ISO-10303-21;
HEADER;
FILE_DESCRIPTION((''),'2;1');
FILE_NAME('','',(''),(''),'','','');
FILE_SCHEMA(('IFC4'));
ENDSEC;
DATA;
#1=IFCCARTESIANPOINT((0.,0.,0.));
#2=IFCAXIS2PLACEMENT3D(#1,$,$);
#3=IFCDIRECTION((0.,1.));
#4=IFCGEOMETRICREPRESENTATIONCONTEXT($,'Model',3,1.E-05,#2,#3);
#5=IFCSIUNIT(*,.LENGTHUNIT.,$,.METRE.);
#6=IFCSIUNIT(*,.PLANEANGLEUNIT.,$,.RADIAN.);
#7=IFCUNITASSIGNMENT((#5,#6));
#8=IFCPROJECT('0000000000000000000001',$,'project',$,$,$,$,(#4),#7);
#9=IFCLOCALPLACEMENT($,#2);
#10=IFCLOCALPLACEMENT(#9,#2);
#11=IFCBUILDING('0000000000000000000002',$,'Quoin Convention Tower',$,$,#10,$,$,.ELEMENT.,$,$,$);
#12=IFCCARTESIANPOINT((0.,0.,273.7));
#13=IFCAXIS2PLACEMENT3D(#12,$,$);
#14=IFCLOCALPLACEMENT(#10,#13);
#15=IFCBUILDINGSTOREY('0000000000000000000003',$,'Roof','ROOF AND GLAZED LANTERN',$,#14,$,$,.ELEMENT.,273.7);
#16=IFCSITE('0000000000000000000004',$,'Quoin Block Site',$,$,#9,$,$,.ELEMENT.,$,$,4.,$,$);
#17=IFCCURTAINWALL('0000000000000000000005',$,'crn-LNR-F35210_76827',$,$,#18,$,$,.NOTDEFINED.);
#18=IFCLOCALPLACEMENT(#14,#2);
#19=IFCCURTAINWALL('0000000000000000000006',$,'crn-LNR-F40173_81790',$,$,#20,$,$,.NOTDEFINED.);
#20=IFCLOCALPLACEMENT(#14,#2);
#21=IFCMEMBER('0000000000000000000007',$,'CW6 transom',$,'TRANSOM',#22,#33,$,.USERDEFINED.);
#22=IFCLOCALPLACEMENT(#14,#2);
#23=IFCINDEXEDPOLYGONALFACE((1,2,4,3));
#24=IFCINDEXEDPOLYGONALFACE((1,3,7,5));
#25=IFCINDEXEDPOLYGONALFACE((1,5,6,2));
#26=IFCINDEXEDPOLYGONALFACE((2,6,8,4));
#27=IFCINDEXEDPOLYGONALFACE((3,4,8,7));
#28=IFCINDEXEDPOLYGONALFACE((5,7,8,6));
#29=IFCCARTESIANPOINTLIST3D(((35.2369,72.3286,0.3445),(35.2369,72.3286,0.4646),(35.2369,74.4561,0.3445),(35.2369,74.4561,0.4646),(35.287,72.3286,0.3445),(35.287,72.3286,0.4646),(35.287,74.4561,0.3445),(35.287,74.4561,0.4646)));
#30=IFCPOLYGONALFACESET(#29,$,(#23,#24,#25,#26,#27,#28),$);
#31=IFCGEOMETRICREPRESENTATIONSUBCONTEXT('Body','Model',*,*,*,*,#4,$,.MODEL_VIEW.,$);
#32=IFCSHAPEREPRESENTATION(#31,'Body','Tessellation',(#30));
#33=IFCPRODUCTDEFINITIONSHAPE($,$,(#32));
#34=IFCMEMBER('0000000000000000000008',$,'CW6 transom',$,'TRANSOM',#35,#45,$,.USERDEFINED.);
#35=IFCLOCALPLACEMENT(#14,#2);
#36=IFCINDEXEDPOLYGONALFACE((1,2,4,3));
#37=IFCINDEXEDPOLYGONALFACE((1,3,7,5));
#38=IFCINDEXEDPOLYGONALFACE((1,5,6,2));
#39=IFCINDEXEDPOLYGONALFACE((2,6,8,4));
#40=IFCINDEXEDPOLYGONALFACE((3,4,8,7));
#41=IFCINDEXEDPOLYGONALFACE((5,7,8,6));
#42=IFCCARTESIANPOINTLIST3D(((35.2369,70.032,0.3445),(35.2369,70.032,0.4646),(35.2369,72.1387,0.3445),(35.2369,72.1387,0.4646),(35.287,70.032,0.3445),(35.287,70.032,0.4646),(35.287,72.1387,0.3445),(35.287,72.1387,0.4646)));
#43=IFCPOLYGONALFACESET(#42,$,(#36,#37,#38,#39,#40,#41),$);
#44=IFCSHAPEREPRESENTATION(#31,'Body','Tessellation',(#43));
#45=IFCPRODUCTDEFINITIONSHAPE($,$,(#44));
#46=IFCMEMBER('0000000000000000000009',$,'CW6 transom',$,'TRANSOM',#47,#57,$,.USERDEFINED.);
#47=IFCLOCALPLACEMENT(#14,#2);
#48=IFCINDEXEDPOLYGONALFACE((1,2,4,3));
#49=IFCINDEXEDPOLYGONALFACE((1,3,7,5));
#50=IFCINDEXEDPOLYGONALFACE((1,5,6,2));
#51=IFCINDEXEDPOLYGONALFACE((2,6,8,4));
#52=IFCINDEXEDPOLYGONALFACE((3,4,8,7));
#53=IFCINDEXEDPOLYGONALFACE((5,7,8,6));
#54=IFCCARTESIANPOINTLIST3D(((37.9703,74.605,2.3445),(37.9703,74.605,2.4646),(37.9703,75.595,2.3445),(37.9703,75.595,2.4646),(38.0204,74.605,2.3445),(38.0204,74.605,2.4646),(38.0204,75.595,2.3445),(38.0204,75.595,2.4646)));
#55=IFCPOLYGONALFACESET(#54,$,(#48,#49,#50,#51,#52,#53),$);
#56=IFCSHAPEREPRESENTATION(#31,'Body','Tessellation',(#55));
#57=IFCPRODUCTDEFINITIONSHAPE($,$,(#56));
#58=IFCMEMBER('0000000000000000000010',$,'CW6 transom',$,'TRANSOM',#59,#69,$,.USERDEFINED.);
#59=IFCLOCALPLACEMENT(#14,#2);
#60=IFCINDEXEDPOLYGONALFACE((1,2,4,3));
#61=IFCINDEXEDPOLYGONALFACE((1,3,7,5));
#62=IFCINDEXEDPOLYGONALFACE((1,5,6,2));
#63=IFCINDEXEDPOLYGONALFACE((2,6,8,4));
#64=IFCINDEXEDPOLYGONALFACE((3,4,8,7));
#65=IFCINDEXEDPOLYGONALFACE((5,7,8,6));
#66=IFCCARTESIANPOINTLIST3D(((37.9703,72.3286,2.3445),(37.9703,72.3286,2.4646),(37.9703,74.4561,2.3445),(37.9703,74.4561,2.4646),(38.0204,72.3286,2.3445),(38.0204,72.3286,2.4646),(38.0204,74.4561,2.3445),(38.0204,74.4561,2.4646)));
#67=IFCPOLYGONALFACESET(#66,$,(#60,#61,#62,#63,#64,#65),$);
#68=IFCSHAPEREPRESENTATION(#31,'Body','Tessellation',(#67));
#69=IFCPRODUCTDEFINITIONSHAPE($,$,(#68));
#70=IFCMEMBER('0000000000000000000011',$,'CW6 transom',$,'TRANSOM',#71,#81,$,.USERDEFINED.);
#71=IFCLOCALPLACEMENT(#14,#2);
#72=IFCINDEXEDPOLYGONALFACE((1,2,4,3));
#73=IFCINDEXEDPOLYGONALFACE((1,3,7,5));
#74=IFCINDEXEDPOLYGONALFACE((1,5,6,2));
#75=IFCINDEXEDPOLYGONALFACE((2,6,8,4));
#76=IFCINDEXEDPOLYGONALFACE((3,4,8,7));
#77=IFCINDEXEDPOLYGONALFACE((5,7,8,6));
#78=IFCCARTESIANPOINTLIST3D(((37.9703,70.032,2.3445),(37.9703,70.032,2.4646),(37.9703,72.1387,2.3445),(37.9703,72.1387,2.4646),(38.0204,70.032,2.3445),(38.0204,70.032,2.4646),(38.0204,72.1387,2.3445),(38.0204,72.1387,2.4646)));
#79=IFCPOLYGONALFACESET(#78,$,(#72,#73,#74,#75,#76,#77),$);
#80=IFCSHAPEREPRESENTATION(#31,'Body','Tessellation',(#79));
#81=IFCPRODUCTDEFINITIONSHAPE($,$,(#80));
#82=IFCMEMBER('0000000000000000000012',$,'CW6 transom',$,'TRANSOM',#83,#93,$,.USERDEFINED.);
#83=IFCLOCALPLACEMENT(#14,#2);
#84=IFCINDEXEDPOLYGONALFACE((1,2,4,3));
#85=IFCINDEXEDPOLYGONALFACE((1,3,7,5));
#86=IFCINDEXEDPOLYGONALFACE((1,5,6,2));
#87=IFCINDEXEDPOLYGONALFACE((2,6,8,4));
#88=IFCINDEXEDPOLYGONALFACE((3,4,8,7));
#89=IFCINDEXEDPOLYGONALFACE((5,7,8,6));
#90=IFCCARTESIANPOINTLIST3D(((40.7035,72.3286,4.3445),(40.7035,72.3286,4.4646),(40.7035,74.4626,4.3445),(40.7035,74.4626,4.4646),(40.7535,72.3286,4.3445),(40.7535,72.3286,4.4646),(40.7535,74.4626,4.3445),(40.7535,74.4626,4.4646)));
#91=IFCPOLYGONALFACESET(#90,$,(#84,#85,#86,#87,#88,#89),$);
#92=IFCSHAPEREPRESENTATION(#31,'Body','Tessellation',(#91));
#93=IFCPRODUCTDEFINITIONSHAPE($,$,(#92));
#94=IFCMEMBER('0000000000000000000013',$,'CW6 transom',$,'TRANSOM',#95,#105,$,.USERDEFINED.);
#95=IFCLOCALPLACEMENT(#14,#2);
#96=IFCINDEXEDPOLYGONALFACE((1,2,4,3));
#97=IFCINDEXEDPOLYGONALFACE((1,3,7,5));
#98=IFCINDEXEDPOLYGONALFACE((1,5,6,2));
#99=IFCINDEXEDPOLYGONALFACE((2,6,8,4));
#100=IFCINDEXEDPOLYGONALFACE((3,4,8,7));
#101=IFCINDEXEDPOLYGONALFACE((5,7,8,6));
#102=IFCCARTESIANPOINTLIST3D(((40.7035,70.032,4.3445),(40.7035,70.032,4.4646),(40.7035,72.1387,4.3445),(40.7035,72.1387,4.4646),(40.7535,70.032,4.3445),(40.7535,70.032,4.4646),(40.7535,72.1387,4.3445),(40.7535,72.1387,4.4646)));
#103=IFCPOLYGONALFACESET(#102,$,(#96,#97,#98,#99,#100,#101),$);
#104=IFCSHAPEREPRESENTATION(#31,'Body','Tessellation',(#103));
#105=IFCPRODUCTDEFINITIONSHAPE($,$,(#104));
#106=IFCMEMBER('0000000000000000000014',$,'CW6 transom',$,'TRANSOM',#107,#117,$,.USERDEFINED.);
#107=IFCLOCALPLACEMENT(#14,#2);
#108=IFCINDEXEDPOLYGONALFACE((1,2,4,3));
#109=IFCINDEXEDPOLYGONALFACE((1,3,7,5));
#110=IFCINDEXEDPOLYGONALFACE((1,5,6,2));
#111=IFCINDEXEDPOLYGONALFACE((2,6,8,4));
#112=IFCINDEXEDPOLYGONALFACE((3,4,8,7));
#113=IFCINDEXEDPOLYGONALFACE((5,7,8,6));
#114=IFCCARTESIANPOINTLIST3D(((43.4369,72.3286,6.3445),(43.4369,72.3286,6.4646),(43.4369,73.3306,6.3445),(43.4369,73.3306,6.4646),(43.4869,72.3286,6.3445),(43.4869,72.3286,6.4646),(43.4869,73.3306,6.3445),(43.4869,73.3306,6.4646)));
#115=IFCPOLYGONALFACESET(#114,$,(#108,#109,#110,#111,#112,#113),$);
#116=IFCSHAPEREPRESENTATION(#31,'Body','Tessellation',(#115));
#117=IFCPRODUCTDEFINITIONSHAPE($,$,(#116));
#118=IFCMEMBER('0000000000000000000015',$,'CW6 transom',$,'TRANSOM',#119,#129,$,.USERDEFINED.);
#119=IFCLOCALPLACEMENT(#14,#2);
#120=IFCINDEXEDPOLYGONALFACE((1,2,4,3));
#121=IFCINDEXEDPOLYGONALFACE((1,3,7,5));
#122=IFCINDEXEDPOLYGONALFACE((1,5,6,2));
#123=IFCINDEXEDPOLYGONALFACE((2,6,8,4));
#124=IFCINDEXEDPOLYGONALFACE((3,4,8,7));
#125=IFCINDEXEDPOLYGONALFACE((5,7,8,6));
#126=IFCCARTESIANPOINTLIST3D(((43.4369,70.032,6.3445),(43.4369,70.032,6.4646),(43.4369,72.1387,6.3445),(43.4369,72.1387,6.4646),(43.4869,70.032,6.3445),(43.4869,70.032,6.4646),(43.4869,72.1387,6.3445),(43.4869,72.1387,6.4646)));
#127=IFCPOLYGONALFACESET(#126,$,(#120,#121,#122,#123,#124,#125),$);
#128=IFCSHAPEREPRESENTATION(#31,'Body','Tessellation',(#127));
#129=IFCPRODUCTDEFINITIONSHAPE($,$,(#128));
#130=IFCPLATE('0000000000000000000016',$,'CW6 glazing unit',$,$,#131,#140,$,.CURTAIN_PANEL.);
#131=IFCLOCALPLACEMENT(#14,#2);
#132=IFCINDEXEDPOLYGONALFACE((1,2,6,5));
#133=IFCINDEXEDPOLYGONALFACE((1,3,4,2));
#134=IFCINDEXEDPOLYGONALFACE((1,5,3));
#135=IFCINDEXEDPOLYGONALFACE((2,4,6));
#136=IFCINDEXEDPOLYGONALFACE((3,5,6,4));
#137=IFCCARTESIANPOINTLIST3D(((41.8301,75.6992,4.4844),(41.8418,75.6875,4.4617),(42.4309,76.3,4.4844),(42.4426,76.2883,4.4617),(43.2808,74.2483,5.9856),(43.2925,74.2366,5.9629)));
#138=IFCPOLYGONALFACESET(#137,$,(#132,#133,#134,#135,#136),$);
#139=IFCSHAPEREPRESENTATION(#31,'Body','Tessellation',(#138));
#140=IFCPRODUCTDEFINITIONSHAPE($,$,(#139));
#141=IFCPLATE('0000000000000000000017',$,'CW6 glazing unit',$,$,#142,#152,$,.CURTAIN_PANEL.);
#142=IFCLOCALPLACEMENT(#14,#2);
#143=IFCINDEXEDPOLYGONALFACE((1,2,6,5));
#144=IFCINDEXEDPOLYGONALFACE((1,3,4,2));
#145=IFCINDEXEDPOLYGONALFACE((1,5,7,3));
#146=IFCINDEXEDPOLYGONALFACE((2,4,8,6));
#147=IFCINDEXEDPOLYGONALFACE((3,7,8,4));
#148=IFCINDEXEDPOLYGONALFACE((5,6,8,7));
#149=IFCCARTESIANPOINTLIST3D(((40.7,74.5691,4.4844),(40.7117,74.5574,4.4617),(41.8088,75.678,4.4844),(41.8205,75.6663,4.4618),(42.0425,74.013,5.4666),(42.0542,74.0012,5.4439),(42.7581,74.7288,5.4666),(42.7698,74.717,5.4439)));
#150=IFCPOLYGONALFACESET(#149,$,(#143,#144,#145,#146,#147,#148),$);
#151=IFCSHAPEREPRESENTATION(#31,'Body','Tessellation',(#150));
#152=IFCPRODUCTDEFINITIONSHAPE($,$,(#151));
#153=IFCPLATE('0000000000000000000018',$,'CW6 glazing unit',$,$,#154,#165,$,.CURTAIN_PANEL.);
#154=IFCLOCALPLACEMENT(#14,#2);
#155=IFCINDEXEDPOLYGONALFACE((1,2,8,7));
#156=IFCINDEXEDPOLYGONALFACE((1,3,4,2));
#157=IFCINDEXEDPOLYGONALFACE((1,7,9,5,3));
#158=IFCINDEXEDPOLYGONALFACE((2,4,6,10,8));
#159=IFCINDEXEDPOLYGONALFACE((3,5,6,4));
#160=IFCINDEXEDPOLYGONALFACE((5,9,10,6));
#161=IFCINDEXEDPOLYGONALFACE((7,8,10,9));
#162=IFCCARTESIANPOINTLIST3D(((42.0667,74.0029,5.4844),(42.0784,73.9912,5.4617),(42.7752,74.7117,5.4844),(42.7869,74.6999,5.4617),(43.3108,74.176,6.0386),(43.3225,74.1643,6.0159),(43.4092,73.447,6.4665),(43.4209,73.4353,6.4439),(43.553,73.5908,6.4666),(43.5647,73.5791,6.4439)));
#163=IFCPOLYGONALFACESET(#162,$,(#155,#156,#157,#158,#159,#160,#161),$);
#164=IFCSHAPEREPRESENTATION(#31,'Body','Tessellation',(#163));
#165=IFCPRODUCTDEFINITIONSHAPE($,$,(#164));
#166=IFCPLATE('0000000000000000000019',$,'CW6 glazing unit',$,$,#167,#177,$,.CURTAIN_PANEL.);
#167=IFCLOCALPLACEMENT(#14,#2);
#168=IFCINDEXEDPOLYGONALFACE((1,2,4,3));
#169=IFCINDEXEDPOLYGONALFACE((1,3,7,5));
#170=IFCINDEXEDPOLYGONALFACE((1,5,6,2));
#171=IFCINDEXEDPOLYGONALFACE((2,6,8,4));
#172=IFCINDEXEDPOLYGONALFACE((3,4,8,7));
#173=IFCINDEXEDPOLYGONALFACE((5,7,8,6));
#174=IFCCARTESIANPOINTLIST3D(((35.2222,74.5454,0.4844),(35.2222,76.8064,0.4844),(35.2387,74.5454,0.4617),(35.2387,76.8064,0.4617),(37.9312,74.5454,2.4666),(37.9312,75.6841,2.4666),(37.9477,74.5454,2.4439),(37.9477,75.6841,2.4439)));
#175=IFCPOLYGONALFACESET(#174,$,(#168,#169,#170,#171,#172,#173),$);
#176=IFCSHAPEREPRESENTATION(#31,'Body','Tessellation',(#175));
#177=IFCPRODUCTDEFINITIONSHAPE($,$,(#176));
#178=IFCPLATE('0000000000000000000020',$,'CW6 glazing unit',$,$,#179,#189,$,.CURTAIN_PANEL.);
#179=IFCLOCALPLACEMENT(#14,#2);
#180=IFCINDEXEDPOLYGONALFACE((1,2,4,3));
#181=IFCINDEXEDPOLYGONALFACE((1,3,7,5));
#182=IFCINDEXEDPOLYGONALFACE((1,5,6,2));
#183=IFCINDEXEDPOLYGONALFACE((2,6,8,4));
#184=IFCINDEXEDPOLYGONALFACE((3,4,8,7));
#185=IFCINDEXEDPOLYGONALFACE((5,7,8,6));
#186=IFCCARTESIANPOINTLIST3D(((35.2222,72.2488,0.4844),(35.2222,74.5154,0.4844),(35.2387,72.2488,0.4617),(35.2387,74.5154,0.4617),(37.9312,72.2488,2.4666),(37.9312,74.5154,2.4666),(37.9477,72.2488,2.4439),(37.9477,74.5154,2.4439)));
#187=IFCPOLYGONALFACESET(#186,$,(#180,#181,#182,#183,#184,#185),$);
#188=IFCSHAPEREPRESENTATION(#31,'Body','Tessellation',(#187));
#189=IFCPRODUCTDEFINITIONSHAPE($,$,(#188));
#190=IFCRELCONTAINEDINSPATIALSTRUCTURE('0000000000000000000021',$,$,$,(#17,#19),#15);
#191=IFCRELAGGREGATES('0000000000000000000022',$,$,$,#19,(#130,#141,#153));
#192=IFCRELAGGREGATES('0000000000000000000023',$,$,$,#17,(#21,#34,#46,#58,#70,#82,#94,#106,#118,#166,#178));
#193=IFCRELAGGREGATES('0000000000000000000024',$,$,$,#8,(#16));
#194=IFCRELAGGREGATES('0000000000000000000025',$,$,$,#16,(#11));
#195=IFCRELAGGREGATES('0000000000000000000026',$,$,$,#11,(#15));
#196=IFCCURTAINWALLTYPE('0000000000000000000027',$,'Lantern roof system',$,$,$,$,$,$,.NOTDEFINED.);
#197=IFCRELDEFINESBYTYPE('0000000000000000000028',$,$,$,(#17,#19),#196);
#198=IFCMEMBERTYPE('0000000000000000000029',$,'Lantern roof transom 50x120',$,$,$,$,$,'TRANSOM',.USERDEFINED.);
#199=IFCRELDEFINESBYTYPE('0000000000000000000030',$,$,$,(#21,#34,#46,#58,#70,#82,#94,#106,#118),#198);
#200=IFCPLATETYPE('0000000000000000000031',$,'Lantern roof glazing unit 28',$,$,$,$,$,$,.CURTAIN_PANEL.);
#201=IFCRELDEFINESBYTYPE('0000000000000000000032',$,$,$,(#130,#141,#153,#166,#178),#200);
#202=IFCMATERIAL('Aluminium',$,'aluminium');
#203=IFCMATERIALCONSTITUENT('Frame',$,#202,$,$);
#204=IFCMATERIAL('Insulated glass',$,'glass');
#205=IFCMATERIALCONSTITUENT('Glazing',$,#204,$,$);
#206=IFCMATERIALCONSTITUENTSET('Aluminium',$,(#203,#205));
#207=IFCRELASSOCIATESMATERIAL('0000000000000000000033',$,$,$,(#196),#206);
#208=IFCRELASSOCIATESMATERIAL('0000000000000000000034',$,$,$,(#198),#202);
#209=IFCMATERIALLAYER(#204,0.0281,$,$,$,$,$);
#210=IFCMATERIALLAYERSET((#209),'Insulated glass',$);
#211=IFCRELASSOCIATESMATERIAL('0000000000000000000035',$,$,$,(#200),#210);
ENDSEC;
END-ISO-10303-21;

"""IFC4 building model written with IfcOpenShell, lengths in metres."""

from ifc_helpers import new_model, si_unit, direction, frame, origin, origin_2d, place, context, subcontext, project, spatial, polyline, rectangle, outline, extrude, material, layer, layer_set, constituent, constituent_set, material_profile, profile_set, type_object, element, aggregate, save


model = new_model("IFC4")

# Units and contexts
model_context = context("Model", 3, precision=1e-05, world=origin(), true_north=direction((0.0, 1.0)))
body_context = subcontext(model_context, "Body", "Model", "MODEL_VIEW")
ifc_project = project(units=[si_unit("LENGTHUNIT", "METRE"), si_unit("PLANEANGLEUNIT", "RADIAN")], contexts=[model_context])

# Site, building, storey
site_placement = place(None, origin())
site = spatial("IfcSite", under=ifc_project, at=site_placement, Name="Quoin Block Site", CompositionType="ELEMENT", RefElevation=4.0)
building_placement = place(site_placement, origin())
building = spatial("IfcBuilding", under=site, at=building_placement, Name="Quoin Convention Tower", CompositionType="ELEMENT")
storey_placement = place(building_placement, frame((0.0, 0.0, 273.7)))
storey = spatial("IfcBuildingStorey", under=building, at=storey_placement, Name="Roof", Description="ROOF AND GLAZED LANTERN", CompositionType="ELEMENT", Elevation=273.7)

# Curtain wall
ifc_material_1 = material(Name="Aluminium", Category="aluminium")
ifc_constituent_1 = constituent(ifc_material_1, Name="Frame")
ifc_material_2 = material(Name="Insulated glass", Category="glass")
ifc_constituent_2 = constituent(ifc_material_2, Name="Glazing")
ifc_constituent_set = constituent_set(constituents=[ifc_constituent_1, ifc_constituent_2], Name="Aluminium")
curtain_wall_type = type_object("IfcCurtainWallType", Name="Lantern roof system", PredefinedType="NOTDEFINED", material=ifc_constituent_set)
curtain_wall_1_placement = place(storey_placement, origin())
curtain_wall_1 = element("IfcCurtainWall", 1, at=curtain_wall_1_placement, inside=storey, type_object=curtain_wall_type, Name="crn-LNR-F35210_76827", PredefinedType="NOTDEFINED")

# Shared definitions
ifc_material_profile_1 = material_profile(ifc_material_1, rectangle(XDim=0.1201, YDim=0.05, at=origin_2d()), Name="Lantern roof transom 50x120")
ifc_profile_set_1 = profile_set([ifc_material_profile_1], Name="Aluminium")
member_type_1 = type_object("IfcMemberType", Name="Lantern roof transom 50x120", ElementType="TRANSOM", PredefinedType="USERDEFINED", material=ifc_profile_set_1)

# Curtain wall
curtain_wall_2_placement = place(storey_placement, origin())
curtain_wall_2 = element("IfcCurtainWall", 2, at=curtain_wall_2_placement, inside=storey, type_object=curtain_wall_type, Name="crn-LNR-F40173_81790", PredefinedType="NOTDEFINED")

# Members
member_1_placement = place(storey_placement, frame((35.262, 74.4561, 0.4045), z_axis=(0.0, -1.0, 0.0), x_axis=(0.0, 0.0, 1.0)))
member_1 = element("IfcMember", 3, at=member_1_placement, type_object=member_type_1, Name="CW6 transom", ObjectType="TRANSOM", PredefinedType="USERDEFINED", context=body_context, shape_type="SweptSolid", body=[
    extrude(rectangle(XDim=0.1201, YDim=0.05, at=origin_2d()), origin(), (0.0, 0.0, 1.0), 2.1274),
])
member_2_placement = place(storey_placement, frame((35.262, 72.1387, 0.4045), z_axis=(0.0, -1.0, 0.0), x_axis=(0.0, 0.0, 1.0)))
member_2 = element("IfcMember", 4, at=member_2_placement, type_object=member_type_1, Name="CW6 transom", ObjectType="TRANSOM", PredefinedType="USERDEFINED", context=body_context, shape_type="SweptSolid", body=[
    extrude(rectangle(XDim=0.1201, YDim=0.05, at=origin_2d()), origin(), (0.0, 0.0, 1.0), 2.1067),
])
member_3_placement = place(storey_placement, frame((37.9954, 75.595, 2.4045), z_axis=(0.0, -1.0, 0.0), x_axis=(0.0, 0.0, 1.0)))
member_3 = element("IfcMember", 5, at=member_3_placement, type_object=member_type_1, Name="CW6 transom", ObjectType="TRANSOM", PredefinedType="USERDEFINED", context=body_context, shape_type="SweptSolid", body=[
    extrude(rectangle(XDim=0.1201, YDim=0.05, at=origin_2d()), origin(), (0.0, 0.0, 1.0), 0.99),
])
member_4_placement = place(storey_placement, frame((37.9954, 74.4561, 2.4045), z_axis=(0.0, -1.0, 0.0), x_axis=(0.0, 0.0, 1.0)))
member_4 = element("IfcMember", 6, at=member_4_placement, type_object=member_type_1, Name="CW6 transom", ObjectType="TRANSOM", PredefinedType="USERDEFINED", context=body_context, shape_type="SweptSolid", body=[
    extrude(rectangle(XDim=0.1201, YDim=0.05, at=origin_2d()), origin(), (0.0, 0.0, 1.0), 2.1274),
])
member_5_placement = place(storey_placement, frame((37.9954, 72.1387, 2.4045), z_axis=(0.0, -1.0, 0.0), x_axis=(0.0, 0.0, 1.0)))
member_5 = element("IfcMember", 7, at=member_5_placement, type_object=member_type_1, Name="CW6 transom", ObjectType="TRANSOM", PredefinedType="USERDEFINED", context=body_context, shape_type="SweptSolid", body=[
    extrude(rectangle(XDim=0.1201, YDim=0.05, at=origin_2d()), origin(), (0.0, 0.0, 1.0), 2.1067),
])
member_6_placement = place(storey_placement, frame((40.7285, 74.4626, 4.4045), z_axis=(0.0, -1.0, 0.0), x_axis=(0.0, 0.0, 1.0)))
member_6 = element("IfcMember", 8, at=member_6_placement, type_object=member_type_1, Name="CW6 transom", ObjectType="TRANSOM", PredefinedType="USERDEFINED", context=body_context, shape_type="SweptSolid", body=[
    extrude(rectangle(XDim=0.1201, YDim=0.05, at=origin_2d()), origin(), (0.0, 0.0, 1.0), 2.134),
])
member_7_placement = place(storey_placement, frame((40.7285, 72.1387, 4.4045), z_axis=(0.0, -1.0, 0.0), x_axis=(0.0, 0.0, 1.0)))
member_7 = element("IfcMember", 9, at=member_7_placement, type_object=member_type_1, Name="CW6 transom", ObjectType="TRANSOM", PredefinedType="USERDEFINED", context=body_context, shape_type="SweptSolid", body=[
    extrude(rectangle(XDim=0.1201, YDim=0.05, at=origin_2d()), origin(), (0.0, 0.0, 1.0), 2.1067),
])
member_8_placement = place(storey_placement, frame((43.4619, 73.3306, 6.4045), z_axis=(0.0, -1.0, 0.0), x_axis=(0.0, 0.0, 1.0)))
member_8 = element("IfcMember", 10, at=member_8_placement, type_object=member_type_1, Name="CW6 transom", ObjectType="TRANSOM", PredefinedType="USERDEFINED", context=body_context, shape_type="SweptSolid", body=[
    extrude(rectangle(XDim=0.1201, YDim=0.05, at=origin_2d()), origin(), (0.0, 0.0, 1.0), 1.002),
])
member_9_placement = place(storey_placement, frame((43.4619, 72.1387, 6.4045), z_axis=(0.0, -1.0, 0.0), x_axis=(0.0, 0.0, 1.0)))
member_9 = element("IfcMember", 11, at=member_9_placement, type_object=member_type_1, Name="CW6 transom", ObjectType="TRANSOM", PredefinedType="USERDEFINED", context=body_context, shape_type="SweptSolid", body=[
    extrude(rectangle(XDim=0.1201, YDim=0.05, at=origin_2d()), origin(), (0.0, 0.0, 1.0), 2.1067),
])

# Plates
ifc_layer = layer(ifc_material_2, 0.0281)
ifc_layer_set = layer_set([ifc_layer], Name="Insulated glass")
plate_type = type_object("IfcPlateType", Name="Lantern roof glazing unit 28", PredefinedType="CURTAIN_PANEL", material=ifc_layer_set)
plate_1_placement = place(storey_placement, frame((41.8301, 75.6992, 4.4844), z_axis=(-0.417543, 0.417543, 0.807041), x_axis=(0.707107, 0.707107, 0.0)))
plate_1 = element("IfcPlate", 12, at=plate_1_placement, type_object=plate_type, Name="CW6 glazing unit", PredefinedType="CURTAIN_PANEL", context=body_context, shape_type="SweptSolid", body=[
    extrude(outline(polyline([(0.0, 0.0), (0.8497, 0.0), (-0.0002, -2.5423), (0.0, 0.0)])), origin(), (0.0, 0.0, -1.0), 0.0281),
])
plate_2_placement = place(storey_placement, frame((40.7, 74.5691, 4.4844), z_axis=(-0.417542, 0.417487, 0.807071), x_axis=(0.70709, 0.707123, 0.000032)))
plate_2 = element("IfcPlate", 13, at=plate_2_placement, type_object=plate_type, Name="CW6 glazing unit", PredefinedType="CURTAIN_PANEL", context=body_context, shape_type="SweptSolid", body=[
    extrude(outline(polyline([(0.0, 0.0), (1.5682, 0.0), (1.5682, -1.6633), (0.5561, -1.6635), (0.0, 0.0)])), origin(), (0.0, 0.0, -1.0), 0.0281),
])
plate_3_placement = place(storey_placement, frame((42.0667, 74.0029, 5.4844), z_axis=(-0.417579, 0.417448, 0.807072), x_axis=(0.706989, 0.707225, -0.000008)))
plate_3 = element("IfcPlate", 14, at=plate_3_placement, type_object=plate_type, Name="CW6 glazing unit", PredefinedType="CURTAIN_PANEL", context=body_context, shape_type="SweptSolid", body=[
    extrude(outline(polyline([(0.0, 0.0), (1.0021, 0.0), (1.002, -0.9386), (0.7594, -1.6634), (0.556, -1.6634), (0.0, 0.0)])), origin(), (0.0, 0.0, -1.0), 0.0281),
])
aggregate(curtain_wall_2, [plate_1, plate_2, plate_3])
plate_4_placement = place(storey_placement, frame((37.9312, 74.5454, 2.4666), z_axis=(-0.590509, 0.0, 0.807031), x_axis=(-0.807031, 0.0, -0.590509)))
plate_4 = element("IfcPlate", 15, at=plate_4_placement, type_object=plate_type, Name="CW6 glazing unit", PredefinedType="CURTAIN_PANEL", context=body_context, shape_type="SweptSolid", body=[
    extrude(outline(polyline([(0.0, 0.0), (3.3567, 0.0), (3.3567, -2.261), (0.0, -1.1387), (0.0, 0.0)])), origin(), (0.0, 0.0, -1.0), 0.0281),
])
plate_5_placement = place(storey_placement, frame((37.9312, 74.5154, 2.4666), z_axis=(-0.590509, 0.0, 0.807031), x_axis=(0.0, -1.0, 0.0)))
plate_5 = element("IfcPlate", 16, at=plate_5_placement, type_object=plate_type, Name="CW6 glazing unit", PredefinedType="CURTAIN_PANEL", context=body_context, shape_type="SweptSolid", body=[
    extrude(outline(polyline([(0.0, 0.0), (2.2666, 0.0), (2.2666, -3.3567), (0.0, -3.3567), (0.0, 0.0)])), origin(), (0.0, 0.0, -1.0), 0.0281),
])
aggregate(curtain_wall_1, [member_1, member_2, member_3, member_4, member_5, member_6, member_7, member_8, member_9, plate_4, plate_5])

save(model, "model.ifc")
